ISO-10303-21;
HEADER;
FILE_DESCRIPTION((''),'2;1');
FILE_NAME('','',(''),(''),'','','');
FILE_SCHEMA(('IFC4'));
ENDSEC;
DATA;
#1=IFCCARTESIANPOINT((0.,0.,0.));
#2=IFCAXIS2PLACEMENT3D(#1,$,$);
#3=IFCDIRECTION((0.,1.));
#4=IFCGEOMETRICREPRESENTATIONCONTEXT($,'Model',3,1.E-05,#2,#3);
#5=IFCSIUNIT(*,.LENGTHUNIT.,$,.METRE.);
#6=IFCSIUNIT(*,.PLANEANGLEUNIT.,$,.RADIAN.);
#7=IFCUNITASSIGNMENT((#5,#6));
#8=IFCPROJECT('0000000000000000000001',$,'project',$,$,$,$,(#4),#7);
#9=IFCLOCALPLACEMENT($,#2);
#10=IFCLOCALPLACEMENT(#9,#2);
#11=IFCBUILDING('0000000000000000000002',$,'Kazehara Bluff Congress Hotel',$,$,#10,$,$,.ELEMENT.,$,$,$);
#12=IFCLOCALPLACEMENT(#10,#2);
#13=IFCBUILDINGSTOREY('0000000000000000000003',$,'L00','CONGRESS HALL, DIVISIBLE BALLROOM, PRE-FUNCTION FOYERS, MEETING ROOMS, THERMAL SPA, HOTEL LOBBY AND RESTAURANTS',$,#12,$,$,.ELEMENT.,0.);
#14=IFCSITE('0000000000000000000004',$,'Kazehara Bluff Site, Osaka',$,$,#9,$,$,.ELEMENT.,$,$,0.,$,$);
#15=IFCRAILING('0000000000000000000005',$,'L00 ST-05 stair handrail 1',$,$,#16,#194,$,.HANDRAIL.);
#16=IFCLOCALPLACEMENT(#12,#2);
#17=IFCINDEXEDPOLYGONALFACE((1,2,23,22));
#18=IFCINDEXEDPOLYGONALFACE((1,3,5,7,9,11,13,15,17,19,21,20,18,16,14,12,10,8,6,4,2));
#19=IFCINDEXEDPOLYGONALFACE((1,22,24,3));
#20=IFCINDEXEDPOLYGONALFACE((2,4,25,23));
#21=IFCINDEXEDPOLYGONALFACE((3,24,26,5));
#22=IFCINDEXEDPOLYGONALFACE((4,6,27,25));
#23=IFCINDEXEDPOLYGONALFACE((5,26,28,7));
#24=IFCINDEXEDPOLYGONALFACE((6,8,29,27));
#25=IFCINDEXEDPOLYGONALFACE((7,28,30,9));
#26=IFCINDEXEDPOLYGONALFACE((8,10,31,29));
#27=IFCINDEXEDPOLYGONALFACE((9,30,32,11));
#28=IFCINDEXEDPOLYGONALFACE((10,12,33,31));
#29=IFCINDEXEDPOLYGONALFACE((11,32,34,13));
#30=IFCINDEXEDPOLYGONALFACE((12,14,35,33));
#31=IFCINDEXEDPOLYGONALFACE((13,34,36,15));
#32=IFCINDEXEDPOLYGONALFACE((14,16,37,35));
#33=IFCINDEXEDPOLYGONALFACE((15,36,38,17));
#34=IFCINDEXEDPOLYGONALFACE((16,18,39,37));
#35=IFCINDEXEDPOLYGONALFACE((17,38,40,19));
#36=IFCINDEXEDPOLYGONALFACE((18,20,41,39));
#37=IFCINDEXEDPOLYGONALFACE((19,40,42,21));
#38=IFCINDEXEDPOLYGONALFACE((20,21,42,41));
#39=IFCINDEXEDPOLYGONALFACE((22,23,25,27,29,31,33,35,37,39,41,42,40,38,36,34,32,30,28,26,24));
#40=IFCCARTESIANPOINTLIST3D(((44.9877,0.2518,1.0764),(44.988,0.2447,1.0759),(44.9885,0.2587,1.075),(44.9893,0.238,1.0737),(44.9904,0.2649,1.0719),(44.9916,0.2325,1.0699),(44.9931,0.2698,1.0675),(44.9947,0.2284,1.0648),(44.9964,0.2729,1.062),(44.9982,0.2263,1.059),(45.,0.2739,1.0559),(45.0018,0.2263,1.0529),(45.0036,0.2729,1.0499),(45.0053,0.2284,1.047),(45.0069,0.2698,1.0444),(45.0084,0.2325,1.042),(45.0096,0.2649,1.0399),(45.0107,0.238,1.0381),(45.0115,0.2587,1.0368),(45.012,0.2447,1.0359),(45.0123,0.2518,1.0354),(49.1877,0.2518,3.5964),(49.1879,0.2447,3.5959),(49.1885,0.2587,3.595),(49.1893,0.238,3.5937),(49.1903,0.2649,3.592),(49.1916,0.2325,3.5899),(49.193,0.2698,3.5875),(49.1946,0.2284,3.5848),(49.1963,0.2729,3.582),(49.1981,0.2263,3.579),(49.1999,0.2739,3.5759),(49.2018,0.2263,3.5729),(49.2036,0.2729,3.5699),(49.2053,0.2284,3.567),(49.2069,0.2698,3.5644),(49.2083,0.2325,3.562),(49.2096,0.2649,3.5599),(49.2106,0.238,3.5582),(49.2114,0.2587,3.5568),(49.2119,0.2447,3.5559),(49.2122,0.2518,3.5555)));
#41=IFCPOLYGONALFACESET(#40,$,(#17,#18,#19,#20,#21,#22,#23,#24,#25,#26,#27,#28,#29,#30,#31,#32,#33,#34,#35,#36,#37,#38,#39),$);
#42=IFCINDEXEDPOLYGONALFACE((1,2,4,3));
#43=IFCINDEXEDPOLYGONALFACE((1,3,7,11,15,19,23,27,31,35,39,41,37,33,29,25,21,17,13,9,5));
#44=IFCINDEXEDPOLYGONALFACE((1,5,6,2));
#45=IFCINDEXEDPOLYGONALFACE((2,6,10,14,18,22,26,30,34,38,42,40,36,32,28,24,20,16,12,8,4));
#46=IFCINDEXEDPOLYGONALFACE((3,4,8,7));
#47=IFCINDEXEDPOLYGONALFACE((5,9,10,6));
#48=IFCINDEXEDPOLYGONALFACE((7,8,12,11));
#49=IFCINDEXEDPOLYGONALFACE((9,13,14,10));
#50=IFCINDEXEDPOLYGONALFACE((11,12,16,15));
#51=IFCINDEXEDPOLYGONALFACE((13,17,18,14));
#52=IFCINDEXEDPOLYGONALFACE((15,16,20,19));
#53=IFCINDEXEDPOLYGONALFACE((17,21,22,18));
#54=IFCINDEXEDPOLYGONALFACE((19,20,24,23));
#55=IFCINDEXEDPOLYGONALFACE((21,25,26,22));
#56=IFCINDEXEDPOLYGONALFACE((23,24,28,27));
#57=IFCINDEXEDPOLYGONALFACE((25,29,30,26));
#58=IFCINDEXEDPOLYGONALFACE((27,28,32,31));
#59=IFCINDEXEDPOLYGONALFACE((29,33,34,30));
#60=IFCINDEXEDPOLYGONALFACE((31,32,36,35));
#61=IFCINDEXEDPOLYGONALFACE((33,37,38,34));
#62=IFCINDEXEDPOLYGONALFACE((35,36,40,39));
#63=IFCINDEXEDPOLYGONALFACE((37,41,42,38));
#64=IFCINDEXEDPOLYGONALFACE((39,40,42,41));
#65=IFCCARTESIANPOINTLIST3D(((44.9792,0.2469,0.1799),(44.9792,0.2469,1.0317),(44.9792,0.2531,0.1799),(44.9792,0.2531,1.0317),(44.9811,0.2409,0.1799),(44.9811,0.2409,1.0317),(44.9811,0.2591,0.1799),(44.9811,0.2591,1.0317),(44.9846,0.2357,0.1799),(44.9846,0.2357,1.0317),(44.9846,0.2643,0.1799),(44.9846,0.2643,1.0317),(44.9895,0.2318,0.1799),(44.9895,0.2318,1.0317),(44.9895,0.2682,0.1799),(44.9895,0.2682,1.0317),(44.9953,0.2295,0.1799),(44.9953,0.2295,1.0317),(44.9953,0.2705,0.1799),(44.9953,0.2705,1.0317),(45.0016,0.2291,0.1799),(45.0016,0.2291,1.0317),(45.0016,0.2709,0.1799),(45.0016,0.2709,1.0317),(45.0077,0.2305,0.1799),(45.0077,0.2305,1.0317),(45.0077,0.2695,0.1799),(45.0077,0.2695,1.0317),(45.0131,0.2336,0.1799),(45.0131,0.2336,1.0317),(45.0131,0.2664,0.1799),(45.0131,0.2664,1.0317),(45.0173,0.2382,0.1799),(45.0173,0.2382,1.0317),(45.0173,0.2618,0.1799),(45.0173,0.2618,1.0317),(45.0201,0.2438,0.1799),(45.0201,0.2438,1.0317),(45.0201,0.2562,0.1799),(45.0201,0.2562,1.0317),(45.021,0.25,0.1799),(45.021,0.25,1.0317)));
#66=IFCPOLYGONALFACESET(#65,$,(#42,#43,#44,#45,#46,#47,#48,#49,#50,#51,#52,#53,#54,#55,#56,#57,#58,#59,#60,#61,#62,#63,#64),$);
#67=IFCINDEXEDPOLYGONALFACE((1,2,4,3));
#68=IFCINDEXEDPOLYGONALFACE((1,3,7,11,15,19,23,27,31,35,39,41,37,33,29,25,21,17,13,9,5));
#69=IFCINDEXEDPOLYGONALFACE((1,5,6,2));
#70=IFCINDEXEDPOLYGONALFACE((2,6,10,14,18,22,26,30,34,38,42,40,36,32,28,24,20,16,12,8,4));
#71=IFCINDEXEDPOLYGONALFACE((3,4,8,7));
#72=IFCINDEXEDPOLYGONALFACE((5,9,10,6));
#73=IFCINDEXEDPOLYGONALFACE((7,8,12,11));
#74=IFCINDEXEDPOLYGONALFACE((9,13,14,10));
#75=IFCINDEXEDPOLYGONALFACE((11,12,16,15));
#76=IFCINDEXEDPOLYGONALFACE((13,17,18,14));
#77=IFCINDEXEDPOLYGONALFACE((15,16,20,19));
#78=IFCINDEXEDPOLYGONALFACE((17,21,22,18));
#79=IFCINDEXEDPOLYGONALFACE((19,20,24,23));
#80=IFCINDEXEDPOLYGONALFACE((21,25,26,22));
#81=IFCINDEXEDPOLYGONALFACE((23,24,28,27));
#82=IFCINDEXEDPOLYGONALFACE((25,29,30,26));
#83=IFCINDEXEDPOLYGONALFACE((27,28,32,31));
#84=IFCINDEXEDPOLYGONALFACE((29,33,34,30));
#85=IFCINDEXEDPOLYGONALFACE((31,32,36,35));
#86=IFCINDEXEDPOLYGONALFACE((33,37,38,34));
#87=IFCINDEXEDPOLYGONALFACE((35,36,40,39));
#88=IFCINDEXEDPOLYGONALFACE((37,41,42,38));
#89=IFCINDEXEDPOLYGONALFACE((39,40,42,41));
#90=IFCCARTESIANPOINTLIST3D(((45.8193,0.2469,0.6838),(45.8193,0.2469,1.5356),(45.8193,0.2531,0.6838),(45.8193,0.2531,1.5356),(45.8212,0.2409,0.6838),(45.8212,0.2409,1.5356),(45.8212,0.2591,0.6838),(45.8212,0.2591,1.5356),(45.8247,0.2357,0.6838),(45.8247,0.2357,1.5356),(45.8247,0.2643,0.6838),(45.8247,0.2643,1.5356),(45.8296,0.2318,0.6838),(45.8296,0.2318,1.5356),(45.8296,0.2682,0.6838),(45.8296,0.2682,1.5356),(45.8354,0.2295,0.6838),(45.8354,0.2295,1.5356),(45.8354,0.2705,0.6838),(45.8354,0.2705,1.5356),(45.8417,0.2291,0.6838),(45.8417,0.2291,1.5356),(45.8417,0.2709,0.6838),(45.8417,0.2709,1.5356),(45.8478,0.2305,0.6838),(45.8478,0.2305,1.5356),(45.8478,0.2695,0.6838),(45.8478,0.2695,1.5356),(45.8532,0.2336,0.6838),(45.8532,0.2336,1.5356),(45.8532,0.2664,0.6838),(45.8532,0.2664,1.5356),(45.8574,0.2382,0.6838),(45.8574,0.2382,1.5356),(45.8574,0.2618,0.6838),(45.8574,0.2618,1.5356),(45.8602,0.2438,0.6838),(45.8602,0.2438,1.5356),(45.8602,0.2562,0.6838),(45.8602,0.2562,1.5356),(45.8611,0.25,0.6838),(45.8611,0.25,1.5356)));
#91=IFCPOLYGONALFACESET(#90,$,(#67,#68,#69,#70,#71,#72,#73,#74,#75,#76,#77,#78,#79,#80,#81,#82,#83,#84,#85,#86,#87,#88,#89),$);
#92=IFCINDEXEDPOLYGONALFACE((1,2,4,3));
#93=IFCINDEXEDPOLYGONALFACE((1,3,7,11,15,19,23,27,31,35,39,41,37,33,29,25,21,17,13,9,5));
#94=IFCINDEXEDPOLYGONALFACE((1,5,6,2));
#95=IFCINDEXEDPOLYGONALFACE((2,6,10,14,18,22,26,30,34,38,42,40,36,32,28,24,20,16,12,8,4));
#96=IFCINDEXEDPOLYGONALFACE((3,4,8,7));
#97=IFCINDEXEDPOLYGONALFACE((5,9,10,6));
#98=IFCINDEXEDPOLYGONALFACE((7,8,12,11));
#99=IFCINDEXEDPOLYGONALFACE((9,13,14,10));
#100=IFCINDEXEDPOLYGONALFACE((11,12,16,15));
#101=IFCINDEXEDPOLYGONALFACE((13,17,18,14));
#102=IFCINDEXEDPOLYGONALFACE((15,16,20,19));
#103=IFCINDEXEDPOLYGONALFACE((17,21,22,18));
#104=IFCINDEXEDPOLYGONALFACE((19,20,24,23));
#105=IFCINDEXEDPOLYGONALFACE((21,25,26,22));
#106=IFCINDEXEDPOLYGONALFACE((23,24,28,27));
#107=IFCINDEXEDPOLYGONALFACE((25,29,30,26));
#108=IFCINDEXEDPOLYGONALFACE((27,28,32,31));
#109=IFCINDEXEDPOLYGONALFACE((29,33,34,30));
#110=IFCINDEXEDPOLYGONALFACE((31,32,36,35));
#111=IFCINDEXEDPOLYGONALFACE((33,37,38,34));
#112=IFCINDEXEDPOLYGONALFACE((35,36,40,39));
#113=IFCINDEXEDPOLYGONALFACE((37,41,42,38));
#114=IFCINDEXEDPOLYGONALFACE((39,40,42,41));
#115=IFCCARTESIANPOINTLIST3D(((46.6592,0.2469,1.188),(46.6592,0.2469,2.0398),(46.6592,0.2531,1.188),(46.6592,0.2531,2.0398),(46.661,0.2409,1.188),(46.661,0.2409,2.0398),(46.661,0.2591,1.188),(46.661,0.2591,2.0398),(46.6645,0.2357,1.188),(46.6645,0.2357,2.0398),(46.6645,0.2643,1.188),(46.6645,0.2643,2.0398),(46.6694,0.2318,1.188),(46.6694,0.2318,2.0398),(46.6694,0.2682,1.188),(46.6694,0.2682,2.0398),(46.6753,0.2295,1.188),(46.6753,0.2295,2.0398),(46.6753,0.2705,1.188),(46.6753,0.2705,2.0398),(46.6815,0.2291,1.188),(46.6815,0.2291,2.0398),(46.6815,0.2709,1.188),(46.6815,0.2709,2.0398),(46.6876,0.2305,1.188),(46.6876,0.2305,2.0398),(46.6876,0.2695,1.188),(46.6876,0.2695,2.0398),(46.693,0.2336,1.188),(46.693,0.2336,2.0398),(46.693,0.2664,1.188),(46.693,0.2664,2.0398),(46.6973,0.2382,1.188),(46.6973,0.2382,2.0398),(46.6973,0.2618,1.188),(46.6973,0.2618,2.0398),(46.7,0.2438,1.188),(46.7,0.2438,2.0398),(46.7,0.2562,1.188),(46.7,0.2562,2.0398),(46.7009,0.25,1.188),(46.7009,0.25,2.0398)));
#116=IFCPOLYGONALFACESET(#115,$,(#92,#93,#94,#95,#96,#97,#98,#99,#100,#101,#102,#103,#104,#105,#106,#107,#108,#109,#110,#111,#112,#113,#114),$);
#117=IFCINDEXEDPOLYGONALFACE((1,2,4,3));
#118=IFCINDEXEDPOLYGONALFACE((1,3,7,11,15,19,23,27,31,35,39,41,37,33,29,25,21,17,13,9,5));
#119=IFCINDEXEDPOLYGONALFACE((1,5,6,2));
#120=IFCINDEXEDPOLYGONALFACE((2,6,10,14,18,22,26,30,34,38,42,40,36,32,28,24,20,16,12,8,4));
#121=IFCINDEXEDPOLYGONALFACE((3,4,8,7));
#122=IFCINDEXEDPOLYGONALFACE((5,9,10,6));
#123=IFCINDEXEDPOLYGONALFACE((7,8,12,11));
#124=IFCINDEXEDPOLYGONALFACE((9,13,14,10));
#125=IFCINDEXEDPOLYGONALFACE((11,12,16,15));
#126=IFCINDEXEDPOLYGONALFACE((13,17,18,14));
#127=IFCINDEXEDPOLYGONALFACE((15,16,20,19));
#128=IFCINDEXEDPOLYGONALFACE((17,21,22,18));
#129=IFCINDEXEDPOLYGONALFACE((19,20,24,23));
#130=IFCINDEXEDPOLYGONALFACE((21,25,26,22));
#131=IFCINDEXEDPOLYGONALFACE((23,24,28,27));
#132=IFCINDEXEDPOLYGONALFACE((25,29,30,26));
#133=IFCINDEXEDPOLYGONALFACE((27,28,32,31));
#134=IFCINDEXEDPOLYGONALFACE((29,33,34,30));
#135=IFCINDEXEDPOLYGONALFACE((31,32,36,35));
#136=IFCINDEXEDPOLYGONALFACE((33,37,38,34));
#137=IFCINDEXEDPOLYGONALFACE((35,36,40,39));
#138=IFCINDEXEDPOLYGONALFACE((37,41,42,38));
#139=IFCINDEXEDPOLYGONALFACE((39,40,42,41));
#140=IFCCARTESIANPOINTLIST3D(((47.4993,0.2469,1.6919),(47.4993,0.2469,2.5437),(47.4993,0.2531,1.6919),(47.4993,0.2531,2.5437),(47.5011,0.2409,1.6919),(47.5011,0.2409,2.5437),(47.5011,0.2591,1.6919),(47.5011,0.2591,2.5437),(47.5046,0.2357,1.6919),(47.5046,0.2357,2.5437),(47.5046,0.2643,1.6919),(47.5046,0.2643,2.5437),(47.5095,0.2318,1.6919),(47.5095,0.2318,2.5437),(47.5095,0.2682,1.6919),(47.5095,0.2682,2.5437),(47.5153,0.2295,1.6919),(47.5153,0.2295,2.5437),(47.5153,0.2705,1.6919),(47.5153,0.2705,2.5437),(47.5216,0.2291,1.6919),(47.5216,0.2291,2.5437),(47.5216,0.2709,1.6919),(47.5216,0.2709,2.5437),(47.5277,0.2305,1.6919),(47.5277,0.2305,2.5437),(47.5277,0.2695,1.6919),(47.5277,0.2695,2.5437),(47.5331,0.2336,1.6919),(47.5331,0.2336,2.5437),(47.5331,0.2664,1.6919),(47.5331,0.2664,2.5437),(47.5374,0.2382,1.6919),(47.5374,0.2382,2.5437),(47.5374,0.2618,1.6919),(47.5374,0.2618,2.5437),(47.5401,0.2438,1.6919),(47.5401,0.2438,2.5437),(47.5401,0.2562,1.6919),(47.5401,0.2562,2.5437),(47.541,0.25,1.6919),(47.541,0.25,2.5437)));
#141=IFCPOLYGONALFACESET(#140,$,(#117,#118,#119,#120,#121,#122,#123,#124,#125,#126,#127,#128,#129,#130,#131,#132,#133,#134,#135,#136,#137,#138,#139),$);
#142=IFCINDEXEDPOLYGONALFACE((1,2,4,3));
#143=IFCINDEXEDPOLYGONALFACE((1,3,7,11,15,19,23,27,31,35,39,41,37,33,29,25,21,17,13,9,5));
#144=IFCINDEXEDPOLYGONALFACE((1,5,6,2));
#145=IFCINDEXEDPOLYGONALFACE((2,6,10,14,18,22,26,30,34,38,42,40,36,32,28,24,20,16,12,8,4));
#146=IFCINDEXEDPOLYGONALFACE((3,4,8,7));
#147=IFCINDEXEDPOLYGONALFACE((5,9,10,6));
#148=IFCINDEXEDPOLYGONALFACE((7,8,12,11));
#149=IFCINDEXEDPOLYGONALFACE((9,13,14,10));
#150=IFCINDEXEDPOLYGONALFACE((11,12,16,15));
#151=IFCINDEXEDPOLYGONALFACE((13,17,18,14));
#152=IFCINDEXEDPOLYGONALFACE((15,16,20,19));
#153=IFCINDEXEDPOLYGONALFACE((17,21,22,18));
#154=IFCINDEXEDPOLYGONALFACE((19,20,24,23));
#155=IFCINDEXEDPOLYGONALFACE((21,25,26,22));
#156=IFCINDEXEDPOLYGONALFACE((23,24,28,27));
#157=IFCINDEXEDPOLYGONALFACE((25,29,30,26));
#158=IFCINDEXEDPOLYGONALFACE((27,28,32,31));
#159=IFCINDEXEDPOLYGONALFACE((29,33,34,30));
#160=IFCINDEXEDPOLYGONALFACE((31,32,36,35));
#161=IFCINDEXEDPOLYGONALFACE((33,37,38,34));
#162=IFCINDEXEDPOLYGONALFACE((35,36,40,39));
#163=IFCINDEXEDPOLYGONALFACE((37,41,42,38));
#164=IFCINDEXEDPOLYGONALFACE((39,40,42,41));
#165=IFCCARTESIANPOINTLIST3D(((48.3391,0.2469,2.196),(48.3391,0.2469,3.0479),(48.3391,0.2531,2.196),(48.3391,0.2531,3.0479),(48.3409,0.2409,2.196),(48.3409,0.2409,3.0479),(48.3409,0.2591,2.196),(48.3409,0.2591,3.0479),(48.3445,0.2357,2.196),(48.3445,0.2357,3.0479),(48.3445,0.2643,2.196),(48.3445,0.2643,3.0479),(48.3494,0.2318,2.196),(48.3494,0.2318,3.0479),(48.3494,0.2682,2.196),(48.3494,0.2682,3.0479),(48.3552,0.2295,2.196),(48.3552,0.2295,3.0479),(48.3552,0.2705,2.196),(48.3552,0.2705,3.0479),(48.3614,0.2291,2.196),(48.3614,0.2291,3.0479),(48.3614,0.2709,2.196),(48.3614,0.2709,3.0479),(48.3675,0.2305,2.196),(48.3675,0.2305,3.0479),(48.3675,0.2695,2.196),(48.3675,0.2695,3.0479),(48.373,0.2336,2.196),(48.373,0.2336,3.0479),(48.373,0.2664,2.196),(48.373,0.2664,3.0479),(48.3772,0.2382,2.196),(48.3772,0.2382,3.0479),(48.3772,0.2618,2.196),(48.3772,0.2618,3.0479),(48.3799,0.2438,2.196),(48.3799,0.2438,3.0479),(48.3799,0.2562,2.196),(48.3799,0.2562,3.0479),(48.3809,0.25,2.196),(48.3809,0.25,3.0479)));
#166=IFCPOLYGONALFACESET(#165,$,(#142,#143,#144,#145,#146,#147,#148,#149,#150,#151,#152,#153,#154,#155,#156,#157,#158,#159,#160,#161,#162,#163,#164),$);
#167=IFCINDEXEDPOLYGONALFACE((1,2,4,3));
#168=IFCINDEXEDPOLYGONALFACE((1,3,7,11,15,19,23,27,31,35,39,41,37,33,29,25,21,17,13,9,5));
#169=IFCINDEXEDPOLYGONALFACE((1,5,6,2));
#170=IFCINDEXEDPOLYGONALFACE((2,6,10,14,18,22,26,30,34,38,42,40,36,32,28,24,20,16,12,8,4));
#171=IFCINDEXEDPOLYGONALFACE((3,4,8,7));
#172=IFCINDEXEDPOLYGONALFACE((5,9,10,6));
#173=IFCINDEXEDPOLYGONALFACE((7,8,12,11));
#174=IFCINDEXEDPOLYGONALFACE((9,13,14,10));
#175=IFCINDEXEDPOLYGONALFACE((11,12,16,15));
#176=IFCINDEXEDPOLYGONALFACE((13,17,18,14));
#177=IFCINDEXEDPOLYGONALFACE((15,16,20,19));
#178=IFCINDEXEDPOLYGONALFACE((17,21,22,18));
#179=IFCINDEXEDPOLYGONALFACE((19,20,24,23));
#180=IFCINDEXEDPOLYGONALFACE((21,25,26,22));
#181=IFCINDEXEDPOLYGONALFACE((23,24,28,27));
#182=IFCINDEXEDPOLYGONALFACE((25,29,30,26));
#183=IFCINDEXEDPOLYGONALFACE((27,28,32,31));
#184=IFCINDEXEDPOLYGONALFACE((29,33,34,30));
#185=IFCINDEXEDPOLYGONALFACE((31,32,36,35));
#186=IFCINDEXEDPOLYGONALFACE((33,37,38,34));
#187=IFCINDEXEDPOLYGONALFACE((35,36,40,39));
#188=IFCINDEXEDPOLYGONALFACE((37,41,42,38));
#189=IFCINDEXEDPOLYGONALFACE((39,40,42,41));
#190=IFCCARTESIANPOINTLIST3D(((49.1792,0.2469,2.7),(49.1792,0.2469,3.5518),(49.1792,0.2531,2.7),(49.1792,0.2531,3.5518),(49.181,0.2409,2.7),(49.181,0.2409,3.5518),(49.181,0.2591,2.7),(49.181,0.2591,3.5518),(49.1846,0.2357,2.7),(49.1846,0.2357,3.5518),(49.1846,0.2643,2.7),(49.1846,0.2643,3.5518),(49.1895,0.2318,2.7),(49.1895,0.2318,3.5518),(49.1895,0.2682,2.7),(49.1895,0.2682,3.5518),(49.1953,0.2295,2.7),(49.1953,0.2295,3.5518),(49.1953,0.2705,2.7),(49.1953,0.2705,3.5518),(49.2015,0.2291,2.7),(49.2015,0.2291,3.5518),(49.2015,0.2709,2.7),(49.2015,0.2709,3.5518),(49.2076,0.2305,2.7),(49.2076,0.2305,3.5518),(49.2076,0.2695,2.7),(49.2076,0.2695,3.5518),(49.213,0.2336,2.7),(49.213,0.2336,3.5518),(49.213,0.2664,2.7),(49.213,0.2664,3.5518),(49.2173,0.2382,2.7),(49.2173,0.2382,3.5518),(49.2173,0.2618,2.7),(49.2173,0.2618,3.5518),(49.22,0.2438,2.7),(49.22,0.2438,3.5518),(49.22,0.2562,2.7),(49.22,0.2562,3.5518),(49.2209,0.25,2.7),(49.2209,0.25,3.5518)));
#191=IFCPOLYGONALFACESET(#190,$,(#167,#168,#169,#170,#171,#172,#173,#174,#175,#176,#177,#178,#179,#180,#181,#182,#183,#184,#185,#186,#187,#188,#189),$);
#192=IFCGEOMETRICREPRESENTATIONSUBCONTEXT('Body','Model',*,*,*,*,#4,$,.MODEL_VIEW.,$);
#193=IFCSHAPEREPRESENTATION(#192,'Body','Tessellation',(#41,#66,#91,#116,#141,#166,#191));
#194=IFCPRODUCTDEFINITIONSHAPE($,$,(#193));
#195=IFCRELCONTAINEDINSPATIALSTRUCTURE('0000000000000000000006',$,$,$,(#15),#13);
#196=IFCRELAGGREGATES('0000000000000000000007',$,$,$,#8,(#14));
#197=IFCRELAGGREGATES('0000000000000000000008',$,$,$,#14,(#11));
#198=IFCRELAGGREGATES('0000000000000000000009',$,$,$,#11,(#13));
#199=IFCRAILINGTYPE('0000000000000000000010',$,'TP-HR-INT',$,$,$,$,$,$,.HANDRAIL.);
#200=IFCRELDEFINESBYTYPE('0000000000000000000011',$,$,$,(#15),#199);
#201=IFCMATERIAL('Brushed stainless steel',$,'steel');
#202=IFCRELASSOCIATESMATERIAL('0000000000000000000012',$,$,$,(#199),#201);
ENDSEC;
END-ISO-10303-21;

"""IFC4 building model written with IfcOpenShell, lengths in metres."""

from ifc_helpers import new_model, si_unit, direction, frame, origin, origin_2d, place, context, subcontext, project, spatial, circle, extrude, material, type_object, element, save


model = new_model("IFC4")

# Units and contexts
model_context = context("Model", 3, precision=1e-05, world=origin(), true_north=direction((0.0, 1.0)))
body_context = subcontext(model_context, "Body", "Model", "MODEL_VIEW")
ifc_project = project(units=[si_unit("LENGTHUNIT", "METRE"), si_unit("PLANEANGLEUNIT", "RADIAN")], contexts=[model_context])

# Site, building, storey
site_placement = place(None, origin())
site = spatial("IfcSite", under=ifc_project, at=site_placement, Name="Kazehara Bluff Site, Osaka", CompositionType="ELEMENT", RefElevation=0.0)
building_placement = place(site_placement, origin())
building = spatial("IfcBuilding", under=site, at=building_placement, Name="Kazehara Bluff Congress Hotel", CompositionType="ELEMENT")
storey_placement = place(building_placement, origin())
storey = spatial("IfcBuildingStorey", under=building, at=storey_placement, Name="L00", Description="CONGRESS HALL, DIVISIBLE BALLROOM, PRE-FUNCTION FOYERS, MEETING ROOMS, THERMAL SPA, HOTEL LOBBY AND RESTAURANTS", CompositionType="ELEMENT", Elevation=0.0)

# Railing
ifc_material_1 = material(Name="Brushed stainless steel", Category="steel")
railing_type_1 = type_object("IfcRailingType", Name="TP-HR-INT", PredefinedType="HANDRAIL", material=ifc_material_1)
railing_1_placement = place(storey_placement, frame((45.0, 0.25, 0.1799)))
element("IfcRailing", 1, at=railing_1_placement, inside=storey, type_object=railing_type_1, Name="L00 ST-05 stair handrail 1", PredefinedType="HANDRAIL", context=body_context, shape_type="SweptSolid", body=[
    extrude(circle(Radius=0.0239, at=origin_2d()), frame((0.0, 0.0, 0.876), z_axis=(0.857489, 0.0, 0.514503), x_axis=(0.0, 1.0, 0.0)), (0.0, 0.0, 1.0), 4.8979),
    extrude(circle(Radius=0.021, at=origin_2d()), origin(), (0.0, 0.0, 1.0), 0.8518),
    extrude(circle(Radius=0.021, at=origin_2d()), frame((0.8401, 0.0, 0.5039)), (0.0, 0.0, 1.0), 0.8518),
    extrude(circle(Radius=0.021, at=origin_2d()), frame((1.6799, 0.0, 1.0081)), (0.0, 0.0, 1.0), 0.8518),
    extrude(circle(Radius=0.021, at=origin_2d()), frame((2.52, 0.0, 1.512)), (0.0, 0.0, 1.0), 0.8518),
    extrude(circle(Radius=0.021, at=origin_2d()), frame((3.3599, 0.0, 2.0161)), (0.0, 0.0, 1.0), 0.8518),
    extrude(circle(Radius=0.021, at=origin_2d()), frame((4.2, 0.0, 2.52)), (0.0, 0.0, 1.0), 0.8518),
])

save(model, "model.ifc")
